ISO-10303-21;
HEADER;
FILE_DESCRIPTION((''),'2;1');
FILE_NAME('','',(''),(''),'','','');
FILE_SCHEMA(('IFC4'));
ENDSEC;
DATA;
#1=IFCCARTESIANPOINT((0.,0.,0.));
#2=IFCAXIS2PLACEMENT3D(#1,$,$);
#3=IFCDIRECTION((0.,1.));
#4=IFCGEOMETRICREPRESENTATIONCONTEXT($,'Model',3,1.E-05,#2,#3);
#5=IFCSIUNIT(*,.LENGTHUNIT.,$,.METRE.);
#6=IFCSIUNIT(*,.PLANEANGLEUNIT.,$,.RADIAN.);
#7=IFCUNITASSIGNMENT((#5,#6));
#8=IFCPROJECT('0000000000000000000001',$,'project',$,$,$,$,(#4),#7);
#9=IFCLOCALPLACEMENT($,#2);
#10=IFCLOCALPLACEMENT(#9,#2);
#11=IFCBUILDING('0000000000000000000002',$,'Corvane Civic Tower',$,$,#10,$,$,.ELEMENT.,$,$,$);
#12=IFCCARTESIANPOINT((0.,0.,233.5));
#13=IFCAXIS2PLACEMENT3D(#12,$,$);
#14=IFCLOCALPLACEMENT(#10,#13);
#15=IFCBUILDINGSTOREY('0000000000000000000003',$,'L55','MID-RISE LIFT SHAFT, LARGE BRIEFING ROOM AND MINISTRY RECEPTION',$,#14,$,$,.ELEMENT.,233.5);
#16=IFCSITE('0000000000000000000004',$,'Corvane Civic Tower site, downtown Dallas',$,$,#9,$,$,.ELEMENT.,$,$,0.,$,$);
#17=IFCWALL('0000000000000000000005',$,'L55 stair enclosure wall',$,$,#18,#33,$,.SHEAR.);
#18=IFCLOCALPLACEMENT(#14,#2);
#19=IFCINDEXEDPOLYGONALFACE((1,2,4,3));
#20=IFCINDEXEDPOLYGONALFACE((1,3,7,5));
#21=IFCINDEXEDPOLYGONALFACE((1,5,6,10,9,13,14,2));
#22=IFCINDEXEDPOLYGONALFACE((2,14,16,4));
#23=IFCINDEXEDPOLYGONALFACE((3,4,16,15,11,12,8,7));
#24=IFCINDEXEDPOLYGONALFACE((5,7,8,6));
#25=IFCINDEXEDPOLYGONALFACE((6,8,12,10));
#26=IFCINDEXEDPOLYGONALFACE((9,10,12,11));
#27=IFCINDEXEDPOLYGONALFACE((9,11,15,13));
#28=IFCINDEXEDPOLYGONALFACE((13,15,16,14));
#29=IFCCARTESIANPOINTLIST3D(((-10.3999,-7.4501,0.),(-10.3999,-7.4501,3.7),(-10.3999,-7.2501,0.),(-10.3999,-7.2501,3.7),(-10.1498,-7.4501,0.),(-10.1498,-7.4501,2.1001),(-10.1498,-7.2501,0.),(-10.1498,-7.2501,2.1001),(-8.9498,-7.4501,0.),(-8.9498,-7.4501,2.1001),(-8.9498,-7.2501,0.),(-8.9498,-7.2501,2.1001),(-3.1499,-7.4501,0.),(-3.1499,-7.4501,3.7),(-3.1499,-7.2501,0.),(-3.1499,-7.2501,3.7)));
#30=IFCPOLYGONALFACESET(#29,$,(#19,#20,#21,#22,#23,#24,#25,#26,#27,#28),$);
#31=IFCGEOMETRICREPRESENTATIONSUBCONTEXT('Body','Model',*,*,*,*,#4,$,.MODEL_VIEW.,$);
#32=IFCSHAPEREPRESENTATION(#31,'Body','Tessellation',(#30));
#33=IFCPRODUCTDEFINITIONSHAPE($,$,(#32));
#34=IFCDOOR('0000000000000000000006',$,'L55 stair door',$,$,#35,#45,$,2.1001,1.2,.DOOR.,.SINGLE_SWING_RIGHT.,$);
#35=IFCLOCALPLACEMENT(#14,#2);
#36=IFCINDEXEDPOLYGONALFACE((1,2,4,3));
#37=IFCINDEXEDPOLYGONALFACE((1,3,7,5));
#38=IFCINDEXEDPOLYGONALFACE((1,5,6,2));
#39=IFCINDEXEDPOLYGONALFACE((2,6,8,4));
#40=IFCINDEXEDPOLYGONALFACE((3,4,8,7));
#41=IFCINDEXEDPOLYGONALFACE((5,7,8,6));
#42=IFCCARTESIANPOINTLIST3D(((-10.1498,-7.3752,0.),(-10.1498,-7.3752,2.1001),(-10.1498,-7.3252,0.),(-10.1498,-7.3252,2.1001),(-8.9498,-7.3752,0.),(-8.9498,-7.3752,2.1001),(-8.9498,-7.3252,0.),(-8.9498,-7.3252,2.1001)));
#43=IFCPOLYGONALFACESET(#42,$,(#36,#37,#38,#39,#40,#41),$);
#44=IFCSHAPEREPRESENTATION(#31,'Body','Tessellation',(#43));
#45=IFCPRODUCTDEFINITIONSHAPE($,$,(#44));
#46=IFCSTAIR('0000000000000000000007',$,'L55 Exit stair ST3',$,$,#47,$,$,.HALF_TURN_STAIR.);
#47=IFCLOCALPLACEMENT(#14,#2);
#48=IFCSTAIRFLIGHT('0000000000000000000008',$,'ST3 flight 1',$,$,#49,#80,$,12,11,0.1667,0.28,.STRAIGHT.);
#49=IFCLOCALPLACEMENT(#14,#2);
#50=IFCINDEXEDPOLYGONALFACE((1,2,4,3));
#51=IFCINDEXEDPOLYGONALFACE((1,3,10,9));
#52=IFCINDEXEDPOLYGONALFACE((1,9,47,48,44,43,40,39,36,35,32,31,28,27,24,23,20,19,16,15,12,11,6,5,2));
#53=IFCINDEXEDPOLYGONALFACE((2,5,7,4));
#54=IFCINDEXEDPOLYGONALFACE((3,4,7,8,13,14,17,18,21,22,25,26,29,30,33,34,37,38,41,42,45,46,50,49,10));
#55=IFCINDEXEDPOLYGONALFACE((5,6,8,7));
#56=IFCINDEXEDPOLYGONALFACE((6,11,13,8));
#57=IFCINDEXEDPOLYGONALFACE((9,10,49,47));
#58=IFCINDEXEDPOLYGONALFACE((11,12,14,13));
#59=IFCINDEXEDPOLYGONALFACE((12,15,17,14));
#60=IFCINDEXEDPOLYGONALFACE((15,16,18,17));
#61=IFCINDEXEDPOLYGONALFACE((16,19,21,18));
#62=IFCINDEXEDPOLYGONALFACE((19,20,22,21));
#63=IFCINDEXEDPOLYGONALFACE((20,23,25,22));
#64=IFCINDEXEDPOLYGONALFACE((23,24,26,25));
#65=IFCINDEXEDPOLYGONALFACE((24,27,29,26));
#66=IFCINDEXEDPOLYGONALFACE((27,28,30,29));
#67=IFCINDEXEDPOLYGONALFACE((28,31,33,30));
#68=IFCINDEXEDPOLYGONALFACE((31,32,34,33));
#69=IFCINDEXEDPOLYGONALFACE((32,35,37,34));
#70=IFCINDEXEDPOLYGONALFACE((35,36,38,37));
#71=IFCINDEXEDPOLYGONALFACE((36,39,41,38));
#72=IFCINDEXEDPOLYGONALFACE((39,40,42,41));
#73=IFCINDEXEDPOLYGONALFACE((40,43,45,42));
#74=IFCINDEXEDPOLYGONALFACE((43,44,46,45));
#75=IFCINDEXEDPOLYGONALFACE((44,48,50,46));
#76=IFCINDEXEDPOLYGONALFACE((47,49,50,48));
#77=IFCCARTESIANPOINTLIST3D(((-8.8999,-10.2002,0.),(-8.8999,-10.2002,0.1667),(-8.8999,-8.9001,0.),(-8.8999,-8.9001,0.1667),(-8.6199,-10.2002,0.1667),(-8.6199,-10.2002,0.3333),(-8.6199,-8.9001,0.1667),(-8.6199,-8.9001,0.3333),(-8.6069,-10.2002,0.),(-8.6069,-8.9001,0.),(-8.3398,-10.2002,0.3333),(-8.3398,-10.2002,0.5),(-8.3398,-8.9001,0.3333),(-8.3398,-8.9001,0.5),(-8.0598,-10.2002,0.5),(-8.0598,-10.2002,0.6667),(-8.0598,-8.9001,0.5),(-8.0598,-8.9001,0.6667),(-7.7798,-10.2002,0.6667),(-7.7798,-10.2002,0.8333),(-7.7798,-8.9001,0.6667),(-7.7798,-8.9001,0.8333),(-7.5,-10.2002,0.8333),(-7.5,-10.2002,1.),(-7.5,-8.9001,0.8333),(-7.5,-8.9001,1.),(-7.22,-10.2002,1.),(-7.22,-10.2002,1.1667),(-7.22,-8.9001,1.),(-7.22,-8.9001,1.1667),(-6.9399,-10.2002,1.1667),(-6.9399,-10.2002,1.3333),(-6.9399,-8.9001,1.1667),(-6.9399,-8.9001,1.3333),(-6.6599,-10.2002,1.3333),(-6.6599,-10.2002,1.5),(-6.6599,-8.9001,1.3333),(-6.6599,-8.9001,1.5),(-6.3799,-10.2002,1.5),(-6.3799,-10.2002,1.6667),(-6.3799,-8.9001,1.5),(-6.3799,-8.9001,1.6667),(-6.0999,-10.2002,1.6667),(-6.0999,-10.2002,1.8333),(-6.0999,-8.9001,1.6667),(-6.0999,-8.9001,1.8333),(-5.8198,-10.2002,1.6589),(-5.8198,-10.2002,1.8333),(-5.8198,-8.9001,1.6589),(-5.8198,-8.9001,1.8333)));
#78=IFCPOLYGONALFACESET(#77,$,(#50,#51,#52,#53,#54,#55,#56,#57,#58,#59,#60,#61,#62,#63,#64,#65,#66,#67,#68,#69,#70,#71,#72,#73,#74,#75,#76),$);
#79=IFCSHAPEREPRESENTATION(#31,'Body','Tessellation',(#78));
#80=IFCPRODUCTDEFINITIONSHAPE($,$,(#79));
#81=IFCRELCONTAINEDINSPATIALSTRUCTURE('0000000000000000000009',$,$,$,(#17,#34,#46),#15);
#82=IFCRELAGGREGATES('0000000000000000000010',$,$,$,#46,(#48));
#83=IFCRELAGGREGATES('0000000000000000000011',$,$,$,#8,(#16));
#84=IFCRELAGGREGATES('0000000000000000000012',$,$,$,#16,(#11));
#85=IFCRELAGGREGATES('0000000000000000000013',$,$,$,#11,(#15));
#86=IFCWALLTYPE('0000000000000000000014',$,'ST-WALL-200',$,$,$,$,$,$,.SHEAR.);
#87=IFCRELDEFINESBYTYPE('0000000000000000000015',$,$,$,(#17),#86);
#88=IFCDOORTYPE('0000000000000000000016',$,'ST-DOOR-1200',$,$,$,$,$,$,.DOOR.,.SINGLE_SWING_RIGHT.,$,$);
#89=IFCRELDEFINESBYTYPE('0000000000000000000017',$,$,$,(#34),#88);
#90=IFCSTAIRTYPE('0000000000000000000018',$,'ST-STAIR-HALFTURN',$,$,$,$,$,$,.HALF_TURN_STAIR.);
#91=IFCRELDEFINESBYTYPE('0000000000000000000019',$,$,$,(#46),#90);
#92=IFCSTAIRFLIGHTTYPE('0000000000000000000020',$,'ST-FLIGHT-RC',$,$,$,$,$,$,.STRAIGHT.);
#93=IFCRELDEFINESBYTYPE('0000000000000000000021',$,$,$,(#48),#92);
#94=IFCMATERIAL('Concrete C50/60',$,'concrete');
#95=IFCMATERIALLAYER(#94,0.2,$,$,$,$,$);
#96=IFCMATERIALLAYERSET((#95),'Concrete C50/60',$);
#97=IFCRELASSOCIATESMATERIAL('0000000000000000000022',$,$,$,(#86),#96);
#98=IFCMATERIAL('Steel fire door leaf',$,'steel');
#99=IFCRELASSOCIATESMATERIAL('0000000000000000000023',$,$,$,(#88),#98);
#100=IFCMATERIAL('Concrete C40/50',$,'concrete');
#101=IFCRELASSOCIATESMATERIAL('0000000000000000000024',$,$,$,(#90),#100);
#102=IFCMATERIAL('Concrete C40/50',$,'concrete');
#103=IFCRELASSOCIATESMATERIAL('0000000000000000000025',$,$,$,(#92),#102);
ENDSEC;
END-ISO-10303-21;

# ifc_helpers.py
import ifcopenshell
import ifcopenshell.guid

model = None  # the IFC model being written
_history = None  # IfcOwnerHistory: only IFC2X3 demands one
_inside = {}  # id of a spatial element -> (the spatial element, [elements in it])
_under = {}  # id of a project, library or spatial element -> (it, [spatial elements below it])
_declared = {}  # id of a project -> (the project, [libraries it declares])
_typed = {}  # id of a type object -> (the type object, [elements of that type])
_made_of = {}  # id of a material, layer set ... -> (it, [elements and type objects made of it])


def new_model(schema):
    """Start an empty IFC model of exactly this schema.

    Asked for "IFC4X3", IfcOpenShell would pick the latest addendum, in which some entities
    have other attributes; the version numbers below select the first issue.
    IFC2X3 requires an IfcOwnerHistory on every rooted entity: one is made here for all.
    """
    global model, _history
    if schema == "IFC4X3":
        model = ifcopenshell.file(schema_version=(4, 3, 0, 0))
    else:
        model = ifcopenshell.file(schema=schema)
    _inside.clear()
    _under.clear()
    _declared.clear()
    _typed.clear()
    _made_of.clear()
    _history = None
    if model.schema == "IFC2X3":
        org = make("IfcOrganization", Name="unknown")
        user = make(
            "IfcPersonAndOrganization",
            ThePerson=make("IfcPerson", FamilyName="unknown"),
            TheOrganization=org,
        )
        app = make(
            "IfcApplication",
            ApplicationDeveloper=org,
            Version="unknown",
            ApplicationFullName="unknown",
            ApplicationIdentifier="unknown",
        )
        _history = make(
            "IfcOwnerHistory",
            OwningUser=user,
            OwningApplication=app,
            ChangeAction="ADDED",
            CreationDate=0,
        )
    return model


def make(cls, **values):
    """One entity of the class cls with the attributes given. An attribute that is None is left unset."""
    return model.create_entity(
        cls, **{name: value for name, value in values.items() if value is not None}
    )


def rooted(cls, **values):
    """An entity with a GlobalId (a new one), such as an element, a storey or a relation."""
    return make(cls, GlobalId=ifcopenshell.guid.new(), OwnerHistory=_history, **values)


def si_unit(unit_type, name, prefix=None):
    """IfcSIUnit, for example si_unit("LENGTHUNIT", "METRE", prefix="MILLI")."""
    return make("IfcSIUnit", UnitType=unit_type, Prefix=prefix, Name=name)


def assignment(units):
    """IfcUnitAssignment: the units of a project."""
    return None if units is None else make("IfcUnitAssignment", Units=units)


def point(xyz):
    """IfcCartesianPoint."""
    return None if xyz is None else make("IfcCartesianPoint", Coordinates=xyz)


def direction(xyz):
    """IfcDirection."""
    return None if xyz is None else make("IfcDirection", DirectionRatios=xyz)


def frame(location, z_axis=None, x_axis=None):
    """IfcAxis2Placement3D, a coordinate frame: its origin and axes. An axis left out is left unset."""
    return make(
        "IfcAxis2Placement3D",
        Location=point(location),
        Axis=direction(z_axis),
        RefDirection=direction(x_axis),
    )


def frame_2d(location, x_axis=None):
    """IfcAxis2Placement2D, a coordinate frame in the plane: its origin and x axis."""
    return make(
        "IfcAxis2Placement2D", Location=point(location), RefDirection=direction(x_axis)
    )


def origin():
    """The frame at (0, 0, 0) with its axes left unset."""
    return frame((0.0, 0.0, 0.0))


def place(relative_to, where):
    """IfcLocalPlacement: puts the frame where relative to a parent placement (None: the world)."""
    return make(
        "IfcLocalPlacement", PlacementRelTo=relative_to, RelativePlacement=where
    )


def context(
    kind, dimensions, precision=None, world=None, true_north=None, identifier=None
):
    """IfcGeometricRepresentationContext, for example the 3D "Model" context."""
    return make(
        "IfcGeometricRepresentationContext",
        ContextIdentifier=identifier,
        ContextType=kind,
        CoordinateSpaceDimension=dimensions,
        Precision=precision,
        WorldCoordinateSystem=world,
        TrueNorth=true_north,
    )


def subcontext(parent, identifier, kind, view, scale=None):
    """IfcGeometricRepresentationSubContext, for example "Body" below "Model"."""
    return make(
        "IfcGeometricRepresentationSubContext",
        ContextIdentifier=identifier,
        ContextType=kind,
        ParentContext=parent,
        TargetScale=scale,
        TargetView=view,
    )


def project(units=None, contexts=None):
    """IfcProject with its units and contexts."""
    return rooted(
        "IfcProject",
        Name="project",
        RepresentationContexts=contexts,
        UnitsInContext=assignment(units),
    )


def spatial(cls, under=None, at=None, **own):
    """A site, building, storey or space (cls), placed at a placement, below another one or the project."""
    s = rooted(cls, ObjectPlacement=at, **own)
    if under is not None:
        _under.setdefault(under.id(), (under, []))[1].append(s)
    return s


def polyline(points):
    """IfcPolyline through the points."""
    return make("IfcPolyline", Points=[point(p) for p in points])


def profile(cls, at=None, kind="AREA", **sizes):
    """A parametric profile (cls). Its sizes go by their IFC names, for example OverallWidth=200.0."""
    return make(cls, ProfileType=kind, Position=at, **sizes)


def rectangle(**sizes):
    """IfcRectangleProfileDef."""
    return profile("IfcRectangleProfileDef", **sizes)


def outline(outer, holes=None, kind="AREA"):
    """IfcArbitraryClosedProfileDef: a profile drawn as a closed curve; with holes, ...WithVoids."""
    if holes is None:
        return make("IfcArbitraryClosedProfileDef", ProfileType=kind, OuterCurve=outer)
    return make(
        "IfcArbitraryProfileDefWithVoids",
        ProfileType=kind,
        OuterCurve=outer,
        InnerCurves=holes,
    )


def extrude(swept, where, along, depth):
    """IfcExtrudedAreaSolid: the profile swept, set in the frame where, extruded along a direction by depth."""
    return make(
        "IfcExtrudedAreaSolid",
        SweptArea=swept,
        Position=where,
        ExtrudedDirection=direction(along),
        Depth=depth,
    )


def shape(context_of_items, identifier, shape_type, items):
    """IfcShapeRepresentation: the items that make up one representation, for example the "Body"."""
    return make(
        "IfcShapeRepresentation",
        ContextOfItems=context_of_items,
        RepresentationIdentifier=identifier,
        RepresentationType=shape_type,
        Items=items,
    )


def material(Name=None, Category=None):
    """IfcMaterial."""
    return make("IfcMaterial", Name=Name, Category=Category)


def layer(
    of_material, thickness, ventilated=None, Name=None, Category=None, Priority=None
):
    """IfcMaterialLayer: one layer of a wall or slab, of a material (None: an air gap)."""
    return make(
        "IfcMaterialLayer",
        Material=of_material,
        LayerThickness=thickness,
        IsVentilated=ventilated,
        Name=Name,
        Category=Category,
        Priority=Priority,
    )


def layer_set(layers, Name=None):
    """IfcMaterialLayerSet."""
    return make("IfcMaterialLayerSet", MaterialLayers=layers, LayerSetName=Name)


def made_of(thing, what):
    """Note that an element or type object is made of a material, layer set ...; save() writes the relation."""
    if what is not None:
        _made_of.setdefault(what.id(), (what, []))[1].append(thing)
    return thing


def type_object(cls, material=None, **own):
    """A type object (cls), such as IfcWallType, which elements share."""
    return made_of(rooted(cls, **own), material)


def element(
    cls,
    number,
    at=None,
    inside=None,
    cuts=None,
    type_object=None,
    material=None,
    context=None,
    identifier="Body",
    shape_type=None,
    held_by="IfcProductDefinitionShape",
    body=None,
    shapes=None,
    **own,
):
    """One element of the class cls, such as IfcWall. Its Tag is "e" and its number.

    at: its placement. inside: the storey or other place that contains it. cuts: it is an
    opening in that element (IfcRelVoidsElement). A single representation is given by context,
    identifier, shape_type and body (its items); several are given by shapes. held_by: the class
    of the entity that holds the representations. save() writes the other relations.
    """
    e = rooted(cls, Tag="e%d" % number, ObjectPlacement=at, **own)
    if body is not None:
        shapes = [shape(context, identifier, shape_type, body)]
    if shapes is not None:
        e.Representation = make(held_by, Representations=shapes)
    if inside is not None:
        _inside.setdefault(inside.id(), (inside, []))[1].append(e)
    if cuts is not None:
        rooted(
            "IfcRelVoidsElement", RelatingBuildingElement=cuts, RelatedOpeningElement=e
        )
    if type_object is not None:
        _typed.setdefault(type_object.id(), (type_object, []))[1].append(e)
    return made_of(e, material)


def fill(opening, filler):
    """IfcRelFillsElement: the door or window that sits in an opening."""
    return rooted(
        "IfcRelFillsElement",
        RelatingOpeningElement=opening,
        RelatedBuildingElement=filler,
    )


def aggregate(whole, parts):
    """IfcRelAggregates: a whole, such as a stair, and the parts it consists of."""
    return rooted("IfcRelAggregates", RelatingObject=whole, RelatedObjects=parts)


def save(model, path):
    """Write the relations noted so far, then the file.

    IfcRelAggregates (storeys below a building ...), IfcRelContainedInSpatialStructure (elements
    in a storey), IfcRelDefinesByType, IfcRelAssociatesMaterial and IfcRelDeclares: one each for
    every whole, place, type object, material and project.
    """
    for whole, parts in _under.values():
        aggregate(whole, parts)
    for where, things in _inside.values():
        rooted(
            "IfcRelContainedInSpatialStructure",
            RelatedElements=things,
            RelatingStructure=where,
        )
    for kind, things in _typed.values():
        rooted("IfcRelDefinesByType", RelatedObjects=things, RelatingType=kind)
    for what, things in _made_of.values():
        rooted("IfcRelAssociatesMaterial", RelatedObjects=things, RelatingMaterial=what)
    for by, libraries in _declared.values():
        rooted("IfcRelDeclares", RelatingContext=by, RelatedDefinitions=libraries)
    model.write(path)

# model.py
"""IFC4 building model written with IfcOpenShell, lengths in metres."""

from ifc_helpers import new_model, si_unit, direction, frame, frame_2d, origin, place, context, subcontext, project, spatial, polyline, rectangle, outline, extrude, material, layer, layer_set, type_object, element, fill, aggregate, save


model = new_model("IFC4")

# Units and contexts
model_context = context("Model", 3, precision=1e-05, world=origin(), true_north=direction((0.0, 1.0)))
body_context = subcontext(model_context, "Body", "Model", "MODEL_VIEW")
ifc_project = project(units=[si_unit("LENGTHUNIT", "METRE"), si_unit("PLANEANGLEUNIT", "RADIAN")], contexts=[model_context])

# Site, building, storey
site_placement = place(None, origin())
site = spatial("IfcSite", under=ifc_project, at=site_placement, Name="Corvane Civic Tower site, downtown Dallas", CompositionType="ELEMENT", RefElevation=0.0)
building_placement = place(site_placement, origin())
building = spatial("IfcBuilding", under=site, at=building_placement, Name="Corvane Civic Tower", CompositionType="ELEMENT")
storey_placement = place(building_placement, frame((0.0, 0.0, 233.5)))
storey = spatial("IfcBuildingStorey", under=building, at=storey_placement, Name="L55", Description="MID-RISE LIFT SHAFT, LARGE BRIEFING ROOM AND MINISTRY RECEPTION", CompositionType="ELEMENT", Elevation=233.5)

# Wall, opening, door
ifc_material_1 = material(Name="Concrete C50/60", Category="concrete")
ifc_layer_1 = layer(ifc_material_1, 0.2)
ifc_layer_set_1 = layer_set([ifc_layer_1], Name="Concrete C50/60")
wall_type_1 = type_object("IfcWallType", Name="ST-WALL-200", PredefinedType="SHEAR", material=ifc_layer_set_1)
wall_1_placement = place(storey_placement, frame((-10.3999, -7.3501, 0.0), z_axis=(0.0, 0.0, 1.0), x_axis=(1.0, 0.0, 0.0)))
wall_1 = element("IfcWall", 1, at=wall_1_placement, inside=storey, type_object=wall_type_1, Name="L55 stair enclosure wall", PredefinedType="SHEAR", context=body_context, shape_type="SweptSolid", body=[
    extrude(rectangle(XDim=7.25, YDim=0.2, at=frame_2d((3.625, 0.0))), origin(), (0.0, 0.0, 1.0), 3.7),
])
opening_1_placement = place(wall_1_placement, frame((0.25, 0.0, 0.0)))
opening_1 = element("IfcOpeningElement", 2, at=opening_1_placement, cuts=wall_1, PredefinedType="OPENING", context=body_context, shape_type="SweptSolid", body=[
    extrude(rectangle(XDim=1.2, YDim=2.1001, at=frame_2d((0.6001, 1.05))), frame((0.0, 0.1099, 0.0), z_axis=(0.0, -1.0, 0.0), x_axis=(1.0, 0.0, 0.0)), (0.0, 0.0, 1.0), 0.22),
])
ifc_material_2 = material(Name="Steel fire door leaf", Category="steel")
door_type_1 = type_object("IfcDoorType", Name="ST-DOOR-1200", OperationType="SINGLE_SWING_RIGHT", PredefinedType="DOOR", material=ifc_material_2)
door_1_placement = place(opening_1_placement, origin())
door_1 = element("IfcDoor", 3, at=door_1_placement, inside=storey, type_object=door_type_1, Name="L55 stair door", OperationType="SINGLE_SWING_RIGHT", OverallHeight=2.1001, OverallWidth=1.2, PredefinedType="DOOR", context=body_context, shape_type="SweptSolid", body=[
    extrude(rectangle(XDim=1.2, YDim=2.1001, at=frame_2d((0.6001, 1.05))), frame((0.0, 0.0249, 0.0), z_axis=(0.0, -1.0, 0.0), x_axis=(1.0, 0.0, 0.0)), (0.0, 0.0, 1.0), 0.05),
])
fill(opening_1, door_1)

# Stair, stair flight
ifc_material_3 = material(Name="Concrete C40/50", Category="concrete")
stair_type = type_object("IfcStairType", Name="ST-STAIR-HALFTURN", PredefinedType="HALF_TURN_STAIR", material=ifc_material_3)
stair_placement = place(storey_placement, origin())
stair = element("IfcStair", 4, at=stair_placement, inside=storey, type_object=stair_type, Name="L55 Exit stair ST3", PredefinedType="HALF_TURN_STAIR")
ifc_material_4 = material(Name="Concrete C40/50", Category="concrete")
stair_flight_type = type_object("IfcStairFlightType", Name="ST-FLIGHT-RC", PredefinedType="STRAIGHT", material=ifc_material_4)
stair_flight_placement = place(storey_placement, frame((-8.8999, -9.55, 0.0), z_axis=(0.0, 0.0, 1.0), x_axis=(1.0, 0.0, 0.0)))
stair_flight = element("IfcStairFlight", 5, at=stair_flight_placement, type_object=stair_flight_type, Name="ST3 flight 1", NumberOfRisers=12, NumberOfTreads=11, PredefinedType="STRAIGHT", RiserHeight=0.1667, TreadLength=0.28, context=body_context, shape_type="SweptSolid", body=[
    extrude(outline(polyline([(0.0, 0.0), (0.0, 0.1667), (0.28, 0.1667), (0.28, 0.3333), (0.5601, 0.3333), (0.5601, 0.5), (0.8401, 0.5), (0.8401, 0.6667), (1.1201, 0.6667), (1.1201, 0.8333), (1.3999, 0.8333), (1.3999, 1.0), (1.6799, 1.0), (1.6799, 1.1667), (1.96, 1.1667), (1.96, 1.3333), (2.24, 1.3333), (2.24, 1.5), (2.52, 1.5), (2.52, 1.6667), (2.8, 1.6667), (2.8, 1.8333), (3.0801, 1.8333), (3.0801, 2.0), (3.0801, 1.6589), (0.293, 0.0), (0.0, 0.0)])), frame((0.0, 0.6499, 0.0), z_axis=(0.0, -1.0, 0.0), x_axis=(1.0, 0.0, 0.0)), (0.0, 0.0, 1.0), 1.3),
])
aggregate(stair, [stair_flight])

save(model, "model.ifc")
